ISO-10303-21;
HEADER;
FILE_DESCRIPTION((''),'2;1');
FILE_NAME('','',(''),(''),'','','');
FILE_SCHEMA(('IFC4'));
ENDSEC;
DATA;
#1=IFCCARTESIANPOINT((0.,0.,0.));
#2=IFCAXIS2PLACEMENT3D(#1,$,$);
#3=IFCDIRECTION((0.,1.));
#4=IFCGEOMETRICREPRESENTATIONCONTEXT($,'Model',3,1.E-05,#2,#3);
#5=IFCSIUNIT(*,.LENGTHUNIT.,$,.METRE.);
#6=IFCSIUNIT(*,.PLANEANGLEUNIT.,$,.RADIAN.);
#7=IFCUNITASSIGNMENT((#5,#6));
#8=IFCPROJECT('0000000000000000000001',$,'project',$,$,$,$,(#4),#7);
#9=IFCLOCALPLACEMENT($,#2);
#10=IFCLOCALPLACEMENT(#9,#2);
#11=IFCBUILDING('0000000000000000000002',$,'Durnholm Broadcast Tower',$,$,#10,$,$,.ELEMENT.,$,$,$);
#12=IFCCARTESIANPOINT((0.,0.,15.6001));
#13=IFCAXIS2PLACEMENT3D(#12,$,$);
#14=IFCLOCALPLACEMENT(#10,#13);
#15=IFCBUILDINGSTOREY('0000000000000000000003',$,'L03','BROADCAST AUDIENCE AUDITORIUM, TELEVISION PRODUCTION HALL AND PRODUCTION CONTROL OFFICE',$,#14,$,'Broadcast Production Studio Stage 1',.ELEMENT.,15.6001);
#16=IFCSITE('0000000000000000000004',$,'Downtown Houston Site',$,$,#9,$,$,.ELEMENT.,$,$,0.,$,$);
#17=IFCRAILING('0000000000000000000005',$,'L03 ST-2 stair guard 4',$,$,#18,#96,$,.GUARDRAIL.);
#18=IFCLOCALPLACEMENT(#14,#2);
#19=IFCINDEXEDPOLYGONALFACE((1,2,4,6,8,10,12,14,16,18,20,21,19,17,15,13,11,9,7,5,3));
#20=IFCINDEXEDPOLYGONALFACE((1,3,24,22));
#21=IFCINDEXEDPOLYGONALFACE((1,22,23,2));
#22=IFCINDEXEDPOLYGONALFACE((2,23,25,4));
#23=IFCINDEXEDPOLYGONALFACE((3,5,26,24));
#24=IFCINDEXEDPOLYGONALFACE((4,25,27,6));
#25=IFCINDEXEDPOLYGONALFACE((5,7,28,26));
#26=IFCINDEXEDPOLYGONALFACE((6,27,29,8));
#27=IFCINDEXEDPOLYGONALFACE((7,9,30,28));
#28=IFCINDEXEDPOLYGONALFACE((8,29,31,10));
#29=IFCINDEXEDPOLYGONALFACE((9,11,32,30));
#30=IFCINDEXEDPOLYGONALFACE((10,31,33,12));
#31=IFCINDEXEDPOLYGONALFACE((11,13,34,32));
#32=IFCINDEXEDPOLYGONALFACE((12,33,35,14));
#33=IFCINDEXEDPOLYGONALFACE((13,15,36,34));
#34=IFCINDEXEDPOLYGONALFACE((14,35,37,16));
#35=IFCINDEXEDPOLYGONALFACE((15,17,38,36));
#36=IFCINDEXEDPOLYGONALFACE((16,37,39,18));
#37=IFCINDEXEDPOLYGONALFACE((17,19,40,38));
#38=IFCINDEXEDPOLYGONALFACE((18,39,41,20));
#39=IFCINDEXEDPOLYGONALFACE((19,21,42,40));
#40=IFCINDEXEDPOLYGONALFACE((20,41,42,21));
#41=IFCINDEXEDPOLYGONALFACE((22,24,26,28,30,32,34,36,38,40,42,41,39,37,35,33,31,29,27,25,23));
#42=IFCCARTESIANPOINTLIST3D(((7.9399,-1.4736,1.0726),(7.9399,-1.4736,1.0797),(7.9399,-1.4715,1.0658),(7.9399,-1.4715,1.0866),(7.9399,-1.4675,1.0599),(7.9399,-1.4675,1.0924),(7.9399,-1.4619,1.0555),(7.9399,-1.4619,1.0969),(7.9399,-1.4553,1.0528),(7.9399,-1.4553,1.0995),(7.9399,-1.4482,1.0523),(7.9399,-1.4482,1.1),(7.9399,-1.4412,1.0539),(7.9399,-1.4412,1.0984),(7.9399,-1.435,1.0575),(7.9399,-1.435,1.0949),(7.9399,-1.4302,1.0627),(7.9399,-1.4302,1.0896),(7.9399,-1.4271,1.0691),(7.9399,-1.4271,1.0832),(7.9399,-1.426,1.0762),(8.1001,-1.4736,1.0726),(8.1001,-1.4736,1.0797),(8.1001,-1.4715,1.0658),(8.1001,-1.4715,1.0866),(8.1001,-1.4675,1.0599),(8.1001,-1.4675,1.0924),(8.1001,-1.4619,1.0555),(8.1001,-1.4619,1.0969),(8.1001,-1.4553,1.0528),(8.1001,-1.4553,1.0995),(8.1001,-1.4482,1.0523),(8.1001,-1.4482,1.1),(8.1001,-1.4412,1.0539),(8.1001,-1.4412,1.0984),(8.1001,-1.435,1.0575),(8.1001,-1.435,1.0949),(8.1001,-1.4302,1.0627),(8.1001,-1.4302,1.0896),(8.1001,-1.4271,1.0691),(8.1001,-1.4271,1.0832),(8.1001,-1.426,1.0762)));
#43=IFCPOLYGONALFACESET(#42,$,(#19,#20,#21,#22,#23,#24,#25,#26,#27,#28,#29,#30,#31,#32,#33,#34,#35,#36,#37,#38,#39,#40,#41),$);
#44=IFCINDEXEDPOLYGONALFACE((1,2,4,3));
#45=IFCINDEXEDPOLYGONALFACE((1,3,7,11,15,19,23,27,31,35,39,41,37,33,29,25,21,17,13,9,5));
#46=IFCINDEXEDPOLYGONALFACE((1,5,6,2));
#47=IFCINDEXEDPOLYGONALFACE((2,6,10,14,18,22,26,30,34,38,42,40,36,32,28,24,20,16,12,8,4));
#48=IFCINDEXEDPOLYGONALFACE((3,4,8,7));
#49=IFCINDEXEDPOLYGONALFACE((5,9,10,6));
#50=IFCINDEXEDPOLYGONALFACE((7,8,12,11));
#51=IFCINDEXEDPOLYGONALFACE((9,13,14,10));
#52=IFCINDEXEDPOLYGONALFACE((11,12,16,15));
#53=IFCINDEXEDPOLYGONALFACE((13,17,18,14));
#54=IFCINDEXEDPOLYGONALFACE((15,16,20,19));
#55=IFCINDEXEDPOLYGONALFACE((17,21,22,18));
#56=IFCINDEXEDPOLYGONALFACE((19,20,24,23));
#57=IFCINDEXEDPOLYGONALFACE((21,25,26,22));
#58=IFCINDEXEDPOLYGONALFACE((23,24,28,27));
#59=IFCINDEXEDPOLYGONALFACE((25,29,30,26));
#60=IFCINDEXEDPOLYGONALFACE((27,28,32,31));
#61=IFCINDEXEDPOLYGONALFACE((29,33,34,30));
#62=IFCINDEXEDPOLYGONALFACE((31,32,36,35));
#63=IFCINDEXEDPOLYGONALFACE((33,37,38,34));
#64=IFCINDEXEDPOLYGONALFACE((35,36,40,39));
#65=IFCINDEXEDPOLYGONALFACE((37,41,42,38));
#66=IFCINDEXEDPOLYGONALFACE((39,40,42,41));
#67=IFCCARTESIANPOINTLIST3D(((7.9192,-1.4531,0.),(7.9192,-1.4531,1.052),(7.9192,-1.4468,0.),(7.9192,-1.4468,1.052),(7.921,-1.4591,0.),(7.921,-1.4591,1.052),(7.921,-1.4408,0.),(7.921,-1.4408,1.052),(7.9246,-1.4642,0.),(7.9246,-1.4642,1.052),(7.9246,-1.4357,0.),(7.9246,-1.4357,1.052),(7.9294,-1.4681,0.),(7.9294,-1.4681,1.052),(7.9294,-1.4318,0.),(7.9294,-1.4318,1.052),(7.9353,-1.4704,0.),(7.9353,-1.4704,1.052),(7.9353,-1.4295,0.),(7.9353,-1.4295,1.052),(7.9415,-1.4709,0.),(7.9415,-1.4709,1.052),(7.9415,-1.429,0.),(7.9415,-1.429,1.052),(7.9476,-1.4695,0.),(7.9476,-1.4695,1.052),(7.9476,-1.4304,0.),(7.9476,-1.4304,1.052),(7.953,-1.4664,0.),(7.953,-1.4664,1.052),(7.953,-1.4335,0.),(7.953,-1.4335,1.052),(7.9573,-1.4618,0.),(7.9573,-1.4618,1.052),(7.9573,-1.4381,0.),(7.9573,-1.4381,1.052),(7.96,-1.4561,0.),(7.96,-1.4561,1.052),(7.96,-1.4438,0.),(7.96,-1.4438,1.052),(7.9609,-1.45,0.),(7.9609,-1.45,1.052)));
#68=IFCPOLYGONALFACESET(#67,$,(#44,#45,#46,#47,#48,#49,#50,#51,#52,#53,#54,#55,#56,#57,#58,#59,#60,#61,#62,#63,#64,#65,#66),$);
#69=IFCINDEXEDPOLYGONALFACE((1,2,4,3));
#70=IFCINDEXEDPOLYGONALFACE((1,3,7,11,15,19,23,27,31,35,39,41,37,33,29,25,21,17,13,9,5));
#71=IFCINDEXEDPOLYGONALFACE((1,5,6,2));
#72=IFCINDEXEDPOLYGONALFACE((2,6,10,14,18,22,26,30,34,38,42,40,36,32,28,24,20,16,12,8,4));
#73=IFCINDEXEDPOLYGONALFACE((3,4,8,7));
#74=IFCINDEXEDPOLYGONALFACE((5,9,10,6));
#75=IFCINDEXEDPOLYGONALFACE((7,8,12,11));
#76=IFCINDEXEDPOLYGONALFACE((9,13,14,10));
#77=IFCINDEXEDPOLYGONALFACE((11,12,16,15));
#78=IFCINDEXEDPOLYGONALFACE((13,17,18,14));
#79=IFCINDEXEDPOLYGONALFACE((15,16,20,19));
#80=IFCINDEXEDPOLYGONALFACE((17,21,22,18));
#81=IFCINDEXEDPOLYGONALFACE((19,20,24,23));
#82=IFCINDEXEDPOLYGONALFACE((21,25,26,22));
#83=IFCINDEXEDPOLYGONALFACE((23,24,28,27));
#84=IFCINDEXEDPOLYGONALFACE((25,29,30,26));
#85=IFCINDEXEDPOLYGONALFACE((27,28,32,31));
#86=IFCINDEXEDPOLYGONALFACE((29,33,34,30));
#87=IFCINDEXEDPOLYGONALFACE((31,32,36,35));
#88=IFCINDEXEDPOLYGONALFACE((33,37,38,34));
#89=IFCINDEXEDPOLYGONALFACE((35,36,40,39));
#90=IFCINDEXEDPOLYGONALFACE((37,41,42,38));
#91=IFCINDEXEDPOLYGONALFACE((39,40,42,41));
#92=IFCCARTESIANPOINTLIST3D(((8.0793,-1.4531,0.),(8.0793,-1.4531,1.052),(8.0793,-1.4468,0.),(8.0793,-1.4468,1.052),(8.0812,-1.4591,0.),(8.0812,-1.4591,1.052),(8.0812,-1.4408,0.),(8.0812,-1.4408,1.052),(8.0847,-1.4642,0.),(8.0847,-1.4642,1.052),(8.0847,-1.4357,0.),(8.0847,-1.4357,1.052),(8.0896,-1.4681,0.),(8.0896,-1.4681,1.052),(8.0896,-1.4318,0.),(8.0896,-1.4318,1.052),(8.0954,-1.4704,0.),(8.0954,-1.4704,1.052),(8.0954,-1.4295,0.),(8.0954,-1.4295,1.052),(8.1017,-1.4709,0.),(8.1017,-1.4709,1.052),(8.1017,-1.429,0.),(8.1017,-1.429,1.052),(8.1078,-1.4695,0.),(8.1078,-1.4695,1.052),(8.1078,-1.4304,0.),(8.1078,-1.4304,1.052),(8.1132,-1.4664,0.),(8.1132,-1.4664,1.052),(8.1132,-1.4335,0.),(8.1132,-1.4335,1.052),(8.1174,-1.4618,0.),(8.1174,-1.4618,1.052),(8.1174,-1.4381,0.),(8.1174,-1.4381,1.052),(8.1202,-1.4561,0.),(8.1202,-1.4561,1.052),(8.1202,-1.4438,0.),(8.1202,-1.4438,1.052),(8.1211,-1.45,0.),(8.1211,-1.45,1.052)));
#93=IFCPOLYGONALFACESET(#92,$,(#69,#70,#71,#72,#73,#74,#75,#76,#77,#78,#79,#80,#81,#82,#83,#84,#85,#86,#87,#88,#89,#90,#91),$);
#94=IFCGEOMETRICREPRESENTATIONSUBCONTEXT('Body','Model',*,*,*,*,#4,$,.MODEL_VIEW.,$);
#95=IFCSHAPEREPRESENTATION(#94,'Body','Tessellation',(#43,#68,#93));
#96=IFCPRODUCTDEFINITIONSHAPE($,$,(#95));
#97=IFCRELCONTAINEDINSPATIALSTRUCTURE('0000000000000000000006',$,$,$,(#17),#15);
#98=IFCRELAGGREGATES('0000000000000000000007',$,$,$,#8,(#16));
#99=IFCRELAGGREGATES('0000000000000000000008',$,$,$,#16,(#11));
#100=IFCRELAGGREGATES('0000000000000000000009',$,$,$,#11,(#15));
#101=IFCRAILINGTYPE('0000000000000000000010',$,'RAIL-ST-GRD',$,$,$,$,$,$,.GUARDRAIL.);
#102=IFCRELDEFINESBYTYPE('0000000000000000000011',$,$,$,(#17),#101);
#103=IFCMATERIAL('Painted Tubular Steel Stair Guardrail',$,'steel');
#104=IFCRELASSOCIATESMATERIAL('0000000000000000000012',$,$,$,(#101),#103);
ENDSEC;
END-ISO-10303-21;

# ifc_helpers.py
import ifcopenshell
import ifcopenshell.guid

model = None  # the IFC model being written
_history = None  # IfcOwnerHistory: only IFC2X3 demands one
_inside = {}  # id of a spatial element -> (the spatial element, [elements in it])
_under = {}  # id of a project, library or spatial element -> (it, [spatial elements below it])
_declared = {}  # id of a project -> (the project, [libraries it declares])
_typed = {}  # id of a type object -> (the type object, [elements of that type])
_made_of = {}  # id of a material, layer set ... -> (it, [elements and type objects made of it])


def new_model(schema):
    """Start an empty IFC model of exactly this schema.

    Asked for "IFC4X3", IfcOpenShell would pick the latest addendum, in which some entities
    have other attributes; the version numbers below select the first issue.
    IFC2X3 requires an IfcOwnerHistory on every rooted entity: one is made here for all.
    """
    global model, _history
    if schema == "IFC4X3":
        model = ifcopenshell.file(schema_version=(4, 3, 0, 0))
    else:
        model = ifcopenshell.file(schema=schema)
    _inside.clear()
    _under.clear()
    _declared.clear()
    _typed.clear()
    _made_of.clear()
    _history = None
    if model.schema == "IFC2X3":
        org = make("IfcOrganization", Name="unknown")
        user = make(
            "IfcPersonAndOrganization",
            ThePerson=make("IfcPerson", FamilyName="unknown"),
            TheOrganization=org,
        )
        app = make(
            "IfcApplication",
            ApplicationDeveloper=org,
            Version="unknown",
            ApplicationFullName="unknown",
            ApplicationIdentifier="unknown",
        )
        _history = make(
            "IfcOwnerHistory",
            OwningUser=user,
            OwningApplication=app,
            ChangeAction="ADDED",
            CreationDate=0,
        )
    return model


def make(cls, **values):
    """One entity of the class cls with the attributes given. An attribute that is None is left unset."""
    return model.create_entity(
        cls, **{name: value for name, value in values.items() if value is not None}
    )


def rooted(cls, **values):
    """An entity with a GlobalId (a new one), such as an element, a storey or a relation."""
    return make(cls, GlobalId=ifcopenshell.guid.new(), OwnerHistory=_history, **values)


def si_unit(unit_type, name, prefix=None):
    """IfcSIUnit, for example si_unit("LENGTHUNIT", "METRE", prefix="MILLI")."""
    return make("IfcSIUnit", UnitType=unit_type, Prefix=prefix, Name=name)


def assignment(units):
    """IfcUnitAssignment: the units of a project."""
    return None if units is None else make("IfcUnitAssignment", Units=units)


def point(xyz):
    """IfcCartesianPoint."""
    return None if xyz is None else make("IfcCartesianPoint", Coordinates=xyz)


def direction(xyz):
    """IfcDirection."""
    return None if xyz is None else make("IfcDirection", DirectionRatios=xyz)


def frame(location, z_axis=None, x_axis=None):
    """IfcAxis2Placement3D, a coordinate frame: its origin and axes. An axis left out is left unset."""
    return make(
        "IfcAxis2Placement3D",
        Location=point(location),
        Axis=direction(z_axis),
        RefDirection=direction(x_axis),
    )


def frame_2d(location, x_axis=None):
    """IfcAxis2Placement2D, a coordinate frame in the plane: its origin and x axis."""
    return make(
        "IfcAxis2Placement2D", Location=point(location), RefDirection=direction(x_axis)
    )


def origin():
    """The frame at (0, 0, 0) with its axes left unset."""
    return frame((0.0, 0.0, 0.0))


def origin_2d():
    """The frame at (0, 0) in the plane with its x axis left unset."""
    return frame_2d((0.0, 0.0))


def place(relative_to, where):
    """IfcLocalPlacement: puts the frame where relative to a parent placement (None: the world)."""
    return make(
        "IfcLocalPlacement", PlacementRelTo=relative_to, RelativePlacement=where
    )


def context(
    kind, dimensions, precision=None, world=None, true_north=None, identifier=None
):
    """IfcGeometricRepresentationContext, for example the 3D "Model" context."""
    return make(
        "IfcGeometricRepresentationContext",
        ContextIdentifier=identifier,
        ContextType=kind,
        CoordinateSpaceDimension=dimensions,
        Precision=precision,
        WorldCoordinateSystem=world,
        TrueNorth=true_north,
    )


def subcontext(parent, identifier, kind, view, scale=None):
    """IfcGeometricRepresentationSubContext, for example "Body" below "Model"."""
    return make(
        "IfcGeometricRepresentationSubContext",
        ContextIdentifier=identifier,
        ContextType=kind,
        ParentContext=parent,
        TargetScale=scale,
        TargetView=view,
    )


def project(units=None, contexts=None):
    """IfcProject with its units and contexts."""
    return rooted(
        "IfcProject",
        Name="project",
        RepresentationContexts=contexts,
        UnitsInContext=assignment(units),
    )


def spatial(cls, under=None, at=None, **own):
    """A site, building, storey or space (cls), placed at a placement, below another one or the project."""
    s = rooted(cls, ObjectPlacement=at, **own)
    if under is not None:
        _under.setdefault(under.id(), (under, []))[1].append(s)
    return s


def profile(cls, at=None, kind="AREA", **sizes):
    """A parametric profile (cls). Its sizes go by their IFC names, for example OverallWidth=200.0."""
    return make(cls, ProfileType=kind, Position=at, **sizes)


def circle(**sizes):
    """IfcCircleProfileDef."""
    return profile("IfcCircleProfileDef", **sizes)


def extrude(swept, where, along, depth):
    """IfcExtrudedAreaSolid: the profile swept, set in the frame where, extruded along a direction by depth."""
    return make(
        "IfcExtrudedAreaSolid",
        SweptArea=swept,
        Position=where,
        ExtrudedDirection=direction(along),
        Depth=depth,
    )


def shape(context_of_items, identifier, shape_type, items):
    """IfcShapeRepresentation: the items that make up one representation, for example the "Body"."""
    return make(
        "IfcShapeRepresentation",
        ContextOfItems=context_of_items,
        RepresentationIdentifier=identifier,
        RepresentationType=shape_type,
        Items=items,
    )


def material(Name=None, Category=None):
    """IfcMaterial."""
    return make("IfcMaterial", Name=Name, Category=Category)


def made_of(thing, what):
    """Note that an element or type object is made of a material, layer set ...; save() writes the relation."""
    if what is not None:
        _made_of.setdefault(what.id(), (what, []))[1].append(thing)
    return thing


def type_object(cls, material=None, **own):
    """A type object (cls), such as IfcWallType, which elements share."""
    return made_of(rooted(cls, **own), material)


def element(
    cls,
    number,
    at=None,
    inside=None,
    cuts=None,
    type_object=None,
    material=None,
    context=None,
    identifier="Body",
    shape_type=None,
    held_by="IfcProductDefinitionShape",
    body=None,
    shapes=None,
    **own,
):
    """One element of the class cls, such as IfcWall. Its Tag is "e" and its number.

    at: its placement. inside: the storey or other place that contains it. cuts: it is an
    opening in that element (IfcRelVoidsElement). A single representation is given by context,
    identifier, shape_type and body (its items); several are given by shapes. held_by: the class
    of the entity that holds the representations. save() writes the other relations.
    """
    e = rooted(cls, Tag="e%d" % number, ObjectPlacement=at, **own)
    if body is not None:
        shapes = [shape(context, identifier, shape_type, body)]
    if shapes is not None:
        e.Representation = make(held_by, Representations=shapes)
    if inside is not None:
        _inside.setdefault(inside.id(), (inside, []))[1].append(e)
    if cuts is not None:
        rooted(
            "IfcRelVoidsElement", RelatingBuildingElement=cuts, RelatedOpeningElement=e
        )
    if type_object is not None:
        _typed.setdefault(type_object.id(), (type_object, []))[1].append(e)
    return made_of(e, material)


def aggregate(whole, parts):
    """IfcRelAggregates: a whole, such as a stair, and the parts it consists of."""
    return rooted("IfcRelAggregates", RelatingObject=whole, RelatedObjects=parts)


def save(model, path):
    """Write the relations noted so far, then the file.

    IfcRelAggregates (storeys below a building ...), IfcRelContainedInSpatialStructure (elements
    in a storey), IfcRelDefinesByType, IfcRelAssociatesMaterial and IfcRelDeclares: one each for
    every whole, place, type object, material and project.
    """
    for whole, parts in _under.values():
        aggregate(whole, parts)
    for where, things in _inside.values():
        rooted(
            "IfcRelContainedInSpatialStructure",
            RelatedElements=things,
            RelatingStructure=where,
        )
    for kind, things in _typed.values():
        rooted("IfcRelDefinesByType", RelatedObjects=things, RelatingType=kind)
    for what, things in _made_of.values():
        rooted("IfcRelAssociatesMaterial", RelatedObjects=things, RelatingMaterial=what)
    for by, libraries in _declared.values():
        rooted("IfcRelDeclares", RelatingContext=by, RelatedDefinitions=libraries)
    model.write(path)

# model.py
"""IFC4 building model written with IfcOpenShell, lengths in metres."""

from ifc_helpers import new_model, si_unit, direction, frame, origin, origin_2d, place, context, subcontext, project, spatial, circle, extrude, material, type_object, element, save


model = new_model("IFC4")

# Units and contexts
model_context = context("Model", 3, precision=1e-05, world=origin(), true_north=direction((0.0, 1.0)))
body_context = subcontext(model_context, "Body", "Model", "MODEL_VIEW")
ifc_project = project(units=[si_unit("LENGTHUNIT", "METRE"), si_unit("PLANEANGLEUNIT", "RADIAN")], contexts=[model_context])

# Site, building, storey
site_placement = place(None, origin())
site = spatial("IfcSite", under=ifc_project, at=site_placement, Name="Downtown Houston Site", CompositionType="ELEMENT", RefElevation=0.0)
building_placement = place(site_placement, origin())
building = spatial("IfcBuilding", under=site, at=building_placement, Name="Durnholm Broadcast Tower", CompositionType="ELEMENT")
storey_placement = place(building_placement, frame((0.0, 0.0, 15.6001)))
storey = spatial("IfcBuildingStorey", under=building, at=storey_placement, Name="L03", Description="BROADCAST AUDIENCE AUDITORIUM, TELEVISION PRODUCTION HALL AND PRODUCTION CONTROL OFFICE", LongName="Broadcast Production Studio Stage 1", CompositionType="ELEMENT", Elevation=15.6001)

# Railing
ifc_material_1 = material(Name="Painted Tubular Steel Stair Guardrail", Category="steel")
railing_type_1 = type_object("IfcRailingType", Name="RAIL-ST-GRD", PredefinedType="GUARDRAIL", material=ifc_material_1)
railing_1_placement = place(storey_placement, frame((7.9399, -1.45, 0.0)))
element("IfcRailing", 1, at=railing_1_placement, inside=storey, type_object=railing_type_1, Name="L03 ST-2 stair guard 4", PredefinedType="GUARDRAIL", context=body_context, shape_type="SweptSolid", body=[
    extrude(circle(Radius=0.0239, at=origin_2d()), frame((0.0, 0.0, 1.0762), z_axis=(1.0, 0.0, 0.0), x_axis=(0.0, 1.0, 0.0)), (0.0, 0.0, 1.0), 0.1602),
    extrude(circle(Radius=0.021, at=origin_2d()), origin(), (0.0, 0.0, 1.0), 1.052),
    extrude(circle(Radius=0.021, at=origin_2d()), frame((0.1602, 0.0, 0.0)), (0.0, 0.0, 1.0), 1.052),
])

save(model, "model.ifc")
